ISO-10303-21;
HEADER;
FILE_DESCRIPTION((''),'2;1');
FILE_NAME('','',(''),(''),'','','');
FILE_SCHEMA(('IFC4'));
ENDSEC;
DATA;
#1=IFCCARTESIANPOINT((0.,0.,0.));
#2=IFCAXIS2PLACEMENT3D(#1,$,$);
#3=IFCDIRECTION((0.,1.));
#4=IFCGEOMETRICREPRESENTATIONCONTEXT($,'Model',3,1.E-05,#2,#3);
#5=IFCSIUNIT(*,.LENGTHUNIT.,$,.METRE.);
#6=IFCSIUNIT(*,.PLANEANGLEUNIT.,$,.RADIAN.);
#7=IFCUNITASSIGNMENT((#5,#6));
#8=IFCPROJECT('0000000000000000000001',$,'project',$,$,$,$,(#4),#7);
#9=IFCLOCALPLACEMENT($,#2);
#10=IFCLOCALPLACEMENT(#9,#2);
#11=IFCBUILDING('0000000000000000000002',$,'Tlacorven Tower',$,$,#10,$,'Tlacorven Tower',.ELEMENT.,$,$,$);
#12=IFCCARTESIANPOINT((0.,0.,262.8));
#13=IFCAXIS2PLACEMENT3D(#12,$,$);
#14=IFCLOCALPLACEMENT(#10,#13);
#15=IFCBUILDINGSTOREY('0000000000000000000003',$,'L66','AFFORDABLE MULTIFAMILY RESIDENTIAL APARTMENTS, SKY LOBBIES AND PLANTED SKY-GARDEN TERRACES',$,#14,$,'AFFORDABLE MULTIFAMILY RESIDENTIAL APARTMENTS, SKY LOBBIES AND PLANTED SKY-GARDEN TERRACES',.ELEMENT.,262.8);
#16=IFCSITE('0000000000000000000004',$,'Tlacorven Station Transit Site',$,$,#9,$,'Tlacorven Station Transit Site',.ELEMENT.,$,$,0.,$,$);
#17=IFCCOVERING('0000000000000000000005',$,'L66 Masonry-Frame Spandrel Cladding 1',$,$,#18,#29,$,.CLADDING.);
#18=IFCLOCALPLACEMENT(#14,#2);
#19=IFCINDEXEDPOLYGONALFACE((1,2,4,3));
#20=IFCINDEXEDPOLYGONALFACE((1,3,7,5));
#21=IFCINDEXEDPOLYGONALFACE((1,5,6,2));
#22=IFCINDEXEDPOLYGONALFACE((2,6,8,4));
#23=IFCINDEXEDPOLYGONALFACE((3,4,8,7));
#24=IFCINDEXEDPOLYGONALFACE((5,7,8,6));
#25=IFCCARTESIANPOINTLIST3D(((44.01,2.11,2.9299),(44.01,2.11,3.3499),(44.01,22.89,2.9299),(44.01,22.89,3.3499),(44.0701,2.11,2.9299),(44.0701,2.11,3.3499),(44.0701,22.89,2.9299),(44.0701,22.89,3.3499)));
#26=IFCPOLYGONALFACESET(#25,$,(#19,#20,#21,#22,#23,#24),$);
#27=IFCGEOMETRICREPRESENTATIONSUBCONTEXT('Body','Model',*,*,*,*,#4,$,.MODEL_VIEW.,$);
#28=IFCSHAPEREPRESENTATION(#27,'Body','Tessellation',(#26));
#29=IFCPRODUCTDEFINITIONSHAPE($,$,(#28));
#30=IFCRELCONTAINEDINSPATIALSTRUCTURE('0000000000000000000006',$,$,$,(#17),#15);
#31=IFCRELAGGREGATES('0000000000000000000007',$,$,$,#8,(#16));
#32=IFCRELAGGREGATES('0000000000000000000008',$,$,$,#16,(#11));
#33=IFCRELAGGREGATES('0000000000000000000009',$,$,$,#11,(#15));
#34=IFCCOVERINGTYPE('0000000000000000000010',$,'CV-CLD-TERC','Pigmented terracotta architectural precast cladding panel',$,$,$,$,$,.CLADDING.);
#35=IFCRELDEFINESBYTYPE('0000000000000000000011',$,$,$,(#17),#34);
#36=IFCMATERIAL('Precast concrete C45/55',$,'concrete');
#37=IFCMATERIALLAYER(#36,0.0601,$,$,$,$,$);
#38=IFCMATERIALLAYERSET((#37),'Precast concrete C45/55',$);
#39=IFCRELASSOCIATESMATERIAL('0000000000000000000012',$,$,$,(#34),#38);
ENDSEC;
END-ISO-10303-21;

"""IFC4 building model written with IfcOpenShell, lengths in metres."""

from ifc_helpers import new_model, si_unit, direction, frame, origin, origin_2d, place, context, subcontext, project, spatial, rectangle, extrude, source, transform, mapped, material, layer, layer_set, type_object, element, save


model = new_model("IFC4")

# Units and contexts
model_context = context("Model", 3, precision=1e-05, world=origin(), true_north=direction((0.0, 1.0)))
body_context = subcontext(model_context, "Body", "Model", "MODEL_VIEW")
ifc_project = project(units=[si_unit("LENGTHUNIT", "METRE"), si_unit("PLANEANGLEUNIT", "RADIAN")], contexts=[model_context])

# Site, building, storey
site_placement = place(None, origin())
site = spatial("IfcSite", under=ifc_project, at=site_placement, Name="Tlacorven Station Transit Site", LongName="Tlacorven Station Transit Site", CompositionType="ELEMENT", RefElevation=0.0)
building_placement = place(site_placement, origin())
building = spatial("IfcBuilding", under=site, at=building_placement, Name="Tlacorven Tower", LongName="Tlacorven Tower", CompositionType="ELEMENT")
storey_placement = place(building_placement, frame((0.0, 0.0, 262.8)))
storey = spatial("IfcBuildingStorey", under=building, at=storey_placement, Name="L66", Description="AFFORDABLE MULTIFAMILY RESIDENTIAL APARTMENTS, SKY LOBBIES AND PLANTED SKY-GARDEN TERRACES", LongName="AFFORDABLE MULTIFAMILY RESIDENTIAL APARTMENTS, SKY LOBBIES AND PLANTED SKY-GARDEN TERRACES", CompositionType="ELEMENT", Elevation=262.8)

# Shared definitions
ifc_material_1 = material(Name="Precast concrete C45/55", Category="concrete")

# Covering
ifc_layer_1 = layer(ifc_material_1, 0.0601)
ifc_layer_set_1 = layer_set([ifc_layer_1], Name="Precast concrete C45/55")
covering_type = type_object("IfcCoveringType", Name="CV-CLD-TERC", Description="Pigmented terracotta architectural precast cladding panel", PredefinedType="CLADDING", material=ifc_layer_set_1)
shared_shape_1 = source(origin(), body_context, "Body", "SweptSolid", [
    extrude(rectangle(XDim=20.78, YDim=0.0601, at=origin_2d()), origin(), (0.0, 0.0, 1.0), 0.4199),
])
covering_placement = place(storey_placement, frame((44.04, 12.5, 2.9299), z_axis=(0.0, 0.0, 1.0), x_axis=(0.0, -1.0, 0.0)))
element("IfcCovering", 1, at=covering_placement, inside=storey, type_object=covering_type, Name="L66 Masonry-Frame Spandrel Cladding 1", PredefinedType="CLADDING", context=body_context, shape_type="MappedRepresentation", body=[
    mapped(shared_shape_1, transform((0.0, 0.0, 0.0), scale=1.0)),
])

save(model, "model.ifc")
